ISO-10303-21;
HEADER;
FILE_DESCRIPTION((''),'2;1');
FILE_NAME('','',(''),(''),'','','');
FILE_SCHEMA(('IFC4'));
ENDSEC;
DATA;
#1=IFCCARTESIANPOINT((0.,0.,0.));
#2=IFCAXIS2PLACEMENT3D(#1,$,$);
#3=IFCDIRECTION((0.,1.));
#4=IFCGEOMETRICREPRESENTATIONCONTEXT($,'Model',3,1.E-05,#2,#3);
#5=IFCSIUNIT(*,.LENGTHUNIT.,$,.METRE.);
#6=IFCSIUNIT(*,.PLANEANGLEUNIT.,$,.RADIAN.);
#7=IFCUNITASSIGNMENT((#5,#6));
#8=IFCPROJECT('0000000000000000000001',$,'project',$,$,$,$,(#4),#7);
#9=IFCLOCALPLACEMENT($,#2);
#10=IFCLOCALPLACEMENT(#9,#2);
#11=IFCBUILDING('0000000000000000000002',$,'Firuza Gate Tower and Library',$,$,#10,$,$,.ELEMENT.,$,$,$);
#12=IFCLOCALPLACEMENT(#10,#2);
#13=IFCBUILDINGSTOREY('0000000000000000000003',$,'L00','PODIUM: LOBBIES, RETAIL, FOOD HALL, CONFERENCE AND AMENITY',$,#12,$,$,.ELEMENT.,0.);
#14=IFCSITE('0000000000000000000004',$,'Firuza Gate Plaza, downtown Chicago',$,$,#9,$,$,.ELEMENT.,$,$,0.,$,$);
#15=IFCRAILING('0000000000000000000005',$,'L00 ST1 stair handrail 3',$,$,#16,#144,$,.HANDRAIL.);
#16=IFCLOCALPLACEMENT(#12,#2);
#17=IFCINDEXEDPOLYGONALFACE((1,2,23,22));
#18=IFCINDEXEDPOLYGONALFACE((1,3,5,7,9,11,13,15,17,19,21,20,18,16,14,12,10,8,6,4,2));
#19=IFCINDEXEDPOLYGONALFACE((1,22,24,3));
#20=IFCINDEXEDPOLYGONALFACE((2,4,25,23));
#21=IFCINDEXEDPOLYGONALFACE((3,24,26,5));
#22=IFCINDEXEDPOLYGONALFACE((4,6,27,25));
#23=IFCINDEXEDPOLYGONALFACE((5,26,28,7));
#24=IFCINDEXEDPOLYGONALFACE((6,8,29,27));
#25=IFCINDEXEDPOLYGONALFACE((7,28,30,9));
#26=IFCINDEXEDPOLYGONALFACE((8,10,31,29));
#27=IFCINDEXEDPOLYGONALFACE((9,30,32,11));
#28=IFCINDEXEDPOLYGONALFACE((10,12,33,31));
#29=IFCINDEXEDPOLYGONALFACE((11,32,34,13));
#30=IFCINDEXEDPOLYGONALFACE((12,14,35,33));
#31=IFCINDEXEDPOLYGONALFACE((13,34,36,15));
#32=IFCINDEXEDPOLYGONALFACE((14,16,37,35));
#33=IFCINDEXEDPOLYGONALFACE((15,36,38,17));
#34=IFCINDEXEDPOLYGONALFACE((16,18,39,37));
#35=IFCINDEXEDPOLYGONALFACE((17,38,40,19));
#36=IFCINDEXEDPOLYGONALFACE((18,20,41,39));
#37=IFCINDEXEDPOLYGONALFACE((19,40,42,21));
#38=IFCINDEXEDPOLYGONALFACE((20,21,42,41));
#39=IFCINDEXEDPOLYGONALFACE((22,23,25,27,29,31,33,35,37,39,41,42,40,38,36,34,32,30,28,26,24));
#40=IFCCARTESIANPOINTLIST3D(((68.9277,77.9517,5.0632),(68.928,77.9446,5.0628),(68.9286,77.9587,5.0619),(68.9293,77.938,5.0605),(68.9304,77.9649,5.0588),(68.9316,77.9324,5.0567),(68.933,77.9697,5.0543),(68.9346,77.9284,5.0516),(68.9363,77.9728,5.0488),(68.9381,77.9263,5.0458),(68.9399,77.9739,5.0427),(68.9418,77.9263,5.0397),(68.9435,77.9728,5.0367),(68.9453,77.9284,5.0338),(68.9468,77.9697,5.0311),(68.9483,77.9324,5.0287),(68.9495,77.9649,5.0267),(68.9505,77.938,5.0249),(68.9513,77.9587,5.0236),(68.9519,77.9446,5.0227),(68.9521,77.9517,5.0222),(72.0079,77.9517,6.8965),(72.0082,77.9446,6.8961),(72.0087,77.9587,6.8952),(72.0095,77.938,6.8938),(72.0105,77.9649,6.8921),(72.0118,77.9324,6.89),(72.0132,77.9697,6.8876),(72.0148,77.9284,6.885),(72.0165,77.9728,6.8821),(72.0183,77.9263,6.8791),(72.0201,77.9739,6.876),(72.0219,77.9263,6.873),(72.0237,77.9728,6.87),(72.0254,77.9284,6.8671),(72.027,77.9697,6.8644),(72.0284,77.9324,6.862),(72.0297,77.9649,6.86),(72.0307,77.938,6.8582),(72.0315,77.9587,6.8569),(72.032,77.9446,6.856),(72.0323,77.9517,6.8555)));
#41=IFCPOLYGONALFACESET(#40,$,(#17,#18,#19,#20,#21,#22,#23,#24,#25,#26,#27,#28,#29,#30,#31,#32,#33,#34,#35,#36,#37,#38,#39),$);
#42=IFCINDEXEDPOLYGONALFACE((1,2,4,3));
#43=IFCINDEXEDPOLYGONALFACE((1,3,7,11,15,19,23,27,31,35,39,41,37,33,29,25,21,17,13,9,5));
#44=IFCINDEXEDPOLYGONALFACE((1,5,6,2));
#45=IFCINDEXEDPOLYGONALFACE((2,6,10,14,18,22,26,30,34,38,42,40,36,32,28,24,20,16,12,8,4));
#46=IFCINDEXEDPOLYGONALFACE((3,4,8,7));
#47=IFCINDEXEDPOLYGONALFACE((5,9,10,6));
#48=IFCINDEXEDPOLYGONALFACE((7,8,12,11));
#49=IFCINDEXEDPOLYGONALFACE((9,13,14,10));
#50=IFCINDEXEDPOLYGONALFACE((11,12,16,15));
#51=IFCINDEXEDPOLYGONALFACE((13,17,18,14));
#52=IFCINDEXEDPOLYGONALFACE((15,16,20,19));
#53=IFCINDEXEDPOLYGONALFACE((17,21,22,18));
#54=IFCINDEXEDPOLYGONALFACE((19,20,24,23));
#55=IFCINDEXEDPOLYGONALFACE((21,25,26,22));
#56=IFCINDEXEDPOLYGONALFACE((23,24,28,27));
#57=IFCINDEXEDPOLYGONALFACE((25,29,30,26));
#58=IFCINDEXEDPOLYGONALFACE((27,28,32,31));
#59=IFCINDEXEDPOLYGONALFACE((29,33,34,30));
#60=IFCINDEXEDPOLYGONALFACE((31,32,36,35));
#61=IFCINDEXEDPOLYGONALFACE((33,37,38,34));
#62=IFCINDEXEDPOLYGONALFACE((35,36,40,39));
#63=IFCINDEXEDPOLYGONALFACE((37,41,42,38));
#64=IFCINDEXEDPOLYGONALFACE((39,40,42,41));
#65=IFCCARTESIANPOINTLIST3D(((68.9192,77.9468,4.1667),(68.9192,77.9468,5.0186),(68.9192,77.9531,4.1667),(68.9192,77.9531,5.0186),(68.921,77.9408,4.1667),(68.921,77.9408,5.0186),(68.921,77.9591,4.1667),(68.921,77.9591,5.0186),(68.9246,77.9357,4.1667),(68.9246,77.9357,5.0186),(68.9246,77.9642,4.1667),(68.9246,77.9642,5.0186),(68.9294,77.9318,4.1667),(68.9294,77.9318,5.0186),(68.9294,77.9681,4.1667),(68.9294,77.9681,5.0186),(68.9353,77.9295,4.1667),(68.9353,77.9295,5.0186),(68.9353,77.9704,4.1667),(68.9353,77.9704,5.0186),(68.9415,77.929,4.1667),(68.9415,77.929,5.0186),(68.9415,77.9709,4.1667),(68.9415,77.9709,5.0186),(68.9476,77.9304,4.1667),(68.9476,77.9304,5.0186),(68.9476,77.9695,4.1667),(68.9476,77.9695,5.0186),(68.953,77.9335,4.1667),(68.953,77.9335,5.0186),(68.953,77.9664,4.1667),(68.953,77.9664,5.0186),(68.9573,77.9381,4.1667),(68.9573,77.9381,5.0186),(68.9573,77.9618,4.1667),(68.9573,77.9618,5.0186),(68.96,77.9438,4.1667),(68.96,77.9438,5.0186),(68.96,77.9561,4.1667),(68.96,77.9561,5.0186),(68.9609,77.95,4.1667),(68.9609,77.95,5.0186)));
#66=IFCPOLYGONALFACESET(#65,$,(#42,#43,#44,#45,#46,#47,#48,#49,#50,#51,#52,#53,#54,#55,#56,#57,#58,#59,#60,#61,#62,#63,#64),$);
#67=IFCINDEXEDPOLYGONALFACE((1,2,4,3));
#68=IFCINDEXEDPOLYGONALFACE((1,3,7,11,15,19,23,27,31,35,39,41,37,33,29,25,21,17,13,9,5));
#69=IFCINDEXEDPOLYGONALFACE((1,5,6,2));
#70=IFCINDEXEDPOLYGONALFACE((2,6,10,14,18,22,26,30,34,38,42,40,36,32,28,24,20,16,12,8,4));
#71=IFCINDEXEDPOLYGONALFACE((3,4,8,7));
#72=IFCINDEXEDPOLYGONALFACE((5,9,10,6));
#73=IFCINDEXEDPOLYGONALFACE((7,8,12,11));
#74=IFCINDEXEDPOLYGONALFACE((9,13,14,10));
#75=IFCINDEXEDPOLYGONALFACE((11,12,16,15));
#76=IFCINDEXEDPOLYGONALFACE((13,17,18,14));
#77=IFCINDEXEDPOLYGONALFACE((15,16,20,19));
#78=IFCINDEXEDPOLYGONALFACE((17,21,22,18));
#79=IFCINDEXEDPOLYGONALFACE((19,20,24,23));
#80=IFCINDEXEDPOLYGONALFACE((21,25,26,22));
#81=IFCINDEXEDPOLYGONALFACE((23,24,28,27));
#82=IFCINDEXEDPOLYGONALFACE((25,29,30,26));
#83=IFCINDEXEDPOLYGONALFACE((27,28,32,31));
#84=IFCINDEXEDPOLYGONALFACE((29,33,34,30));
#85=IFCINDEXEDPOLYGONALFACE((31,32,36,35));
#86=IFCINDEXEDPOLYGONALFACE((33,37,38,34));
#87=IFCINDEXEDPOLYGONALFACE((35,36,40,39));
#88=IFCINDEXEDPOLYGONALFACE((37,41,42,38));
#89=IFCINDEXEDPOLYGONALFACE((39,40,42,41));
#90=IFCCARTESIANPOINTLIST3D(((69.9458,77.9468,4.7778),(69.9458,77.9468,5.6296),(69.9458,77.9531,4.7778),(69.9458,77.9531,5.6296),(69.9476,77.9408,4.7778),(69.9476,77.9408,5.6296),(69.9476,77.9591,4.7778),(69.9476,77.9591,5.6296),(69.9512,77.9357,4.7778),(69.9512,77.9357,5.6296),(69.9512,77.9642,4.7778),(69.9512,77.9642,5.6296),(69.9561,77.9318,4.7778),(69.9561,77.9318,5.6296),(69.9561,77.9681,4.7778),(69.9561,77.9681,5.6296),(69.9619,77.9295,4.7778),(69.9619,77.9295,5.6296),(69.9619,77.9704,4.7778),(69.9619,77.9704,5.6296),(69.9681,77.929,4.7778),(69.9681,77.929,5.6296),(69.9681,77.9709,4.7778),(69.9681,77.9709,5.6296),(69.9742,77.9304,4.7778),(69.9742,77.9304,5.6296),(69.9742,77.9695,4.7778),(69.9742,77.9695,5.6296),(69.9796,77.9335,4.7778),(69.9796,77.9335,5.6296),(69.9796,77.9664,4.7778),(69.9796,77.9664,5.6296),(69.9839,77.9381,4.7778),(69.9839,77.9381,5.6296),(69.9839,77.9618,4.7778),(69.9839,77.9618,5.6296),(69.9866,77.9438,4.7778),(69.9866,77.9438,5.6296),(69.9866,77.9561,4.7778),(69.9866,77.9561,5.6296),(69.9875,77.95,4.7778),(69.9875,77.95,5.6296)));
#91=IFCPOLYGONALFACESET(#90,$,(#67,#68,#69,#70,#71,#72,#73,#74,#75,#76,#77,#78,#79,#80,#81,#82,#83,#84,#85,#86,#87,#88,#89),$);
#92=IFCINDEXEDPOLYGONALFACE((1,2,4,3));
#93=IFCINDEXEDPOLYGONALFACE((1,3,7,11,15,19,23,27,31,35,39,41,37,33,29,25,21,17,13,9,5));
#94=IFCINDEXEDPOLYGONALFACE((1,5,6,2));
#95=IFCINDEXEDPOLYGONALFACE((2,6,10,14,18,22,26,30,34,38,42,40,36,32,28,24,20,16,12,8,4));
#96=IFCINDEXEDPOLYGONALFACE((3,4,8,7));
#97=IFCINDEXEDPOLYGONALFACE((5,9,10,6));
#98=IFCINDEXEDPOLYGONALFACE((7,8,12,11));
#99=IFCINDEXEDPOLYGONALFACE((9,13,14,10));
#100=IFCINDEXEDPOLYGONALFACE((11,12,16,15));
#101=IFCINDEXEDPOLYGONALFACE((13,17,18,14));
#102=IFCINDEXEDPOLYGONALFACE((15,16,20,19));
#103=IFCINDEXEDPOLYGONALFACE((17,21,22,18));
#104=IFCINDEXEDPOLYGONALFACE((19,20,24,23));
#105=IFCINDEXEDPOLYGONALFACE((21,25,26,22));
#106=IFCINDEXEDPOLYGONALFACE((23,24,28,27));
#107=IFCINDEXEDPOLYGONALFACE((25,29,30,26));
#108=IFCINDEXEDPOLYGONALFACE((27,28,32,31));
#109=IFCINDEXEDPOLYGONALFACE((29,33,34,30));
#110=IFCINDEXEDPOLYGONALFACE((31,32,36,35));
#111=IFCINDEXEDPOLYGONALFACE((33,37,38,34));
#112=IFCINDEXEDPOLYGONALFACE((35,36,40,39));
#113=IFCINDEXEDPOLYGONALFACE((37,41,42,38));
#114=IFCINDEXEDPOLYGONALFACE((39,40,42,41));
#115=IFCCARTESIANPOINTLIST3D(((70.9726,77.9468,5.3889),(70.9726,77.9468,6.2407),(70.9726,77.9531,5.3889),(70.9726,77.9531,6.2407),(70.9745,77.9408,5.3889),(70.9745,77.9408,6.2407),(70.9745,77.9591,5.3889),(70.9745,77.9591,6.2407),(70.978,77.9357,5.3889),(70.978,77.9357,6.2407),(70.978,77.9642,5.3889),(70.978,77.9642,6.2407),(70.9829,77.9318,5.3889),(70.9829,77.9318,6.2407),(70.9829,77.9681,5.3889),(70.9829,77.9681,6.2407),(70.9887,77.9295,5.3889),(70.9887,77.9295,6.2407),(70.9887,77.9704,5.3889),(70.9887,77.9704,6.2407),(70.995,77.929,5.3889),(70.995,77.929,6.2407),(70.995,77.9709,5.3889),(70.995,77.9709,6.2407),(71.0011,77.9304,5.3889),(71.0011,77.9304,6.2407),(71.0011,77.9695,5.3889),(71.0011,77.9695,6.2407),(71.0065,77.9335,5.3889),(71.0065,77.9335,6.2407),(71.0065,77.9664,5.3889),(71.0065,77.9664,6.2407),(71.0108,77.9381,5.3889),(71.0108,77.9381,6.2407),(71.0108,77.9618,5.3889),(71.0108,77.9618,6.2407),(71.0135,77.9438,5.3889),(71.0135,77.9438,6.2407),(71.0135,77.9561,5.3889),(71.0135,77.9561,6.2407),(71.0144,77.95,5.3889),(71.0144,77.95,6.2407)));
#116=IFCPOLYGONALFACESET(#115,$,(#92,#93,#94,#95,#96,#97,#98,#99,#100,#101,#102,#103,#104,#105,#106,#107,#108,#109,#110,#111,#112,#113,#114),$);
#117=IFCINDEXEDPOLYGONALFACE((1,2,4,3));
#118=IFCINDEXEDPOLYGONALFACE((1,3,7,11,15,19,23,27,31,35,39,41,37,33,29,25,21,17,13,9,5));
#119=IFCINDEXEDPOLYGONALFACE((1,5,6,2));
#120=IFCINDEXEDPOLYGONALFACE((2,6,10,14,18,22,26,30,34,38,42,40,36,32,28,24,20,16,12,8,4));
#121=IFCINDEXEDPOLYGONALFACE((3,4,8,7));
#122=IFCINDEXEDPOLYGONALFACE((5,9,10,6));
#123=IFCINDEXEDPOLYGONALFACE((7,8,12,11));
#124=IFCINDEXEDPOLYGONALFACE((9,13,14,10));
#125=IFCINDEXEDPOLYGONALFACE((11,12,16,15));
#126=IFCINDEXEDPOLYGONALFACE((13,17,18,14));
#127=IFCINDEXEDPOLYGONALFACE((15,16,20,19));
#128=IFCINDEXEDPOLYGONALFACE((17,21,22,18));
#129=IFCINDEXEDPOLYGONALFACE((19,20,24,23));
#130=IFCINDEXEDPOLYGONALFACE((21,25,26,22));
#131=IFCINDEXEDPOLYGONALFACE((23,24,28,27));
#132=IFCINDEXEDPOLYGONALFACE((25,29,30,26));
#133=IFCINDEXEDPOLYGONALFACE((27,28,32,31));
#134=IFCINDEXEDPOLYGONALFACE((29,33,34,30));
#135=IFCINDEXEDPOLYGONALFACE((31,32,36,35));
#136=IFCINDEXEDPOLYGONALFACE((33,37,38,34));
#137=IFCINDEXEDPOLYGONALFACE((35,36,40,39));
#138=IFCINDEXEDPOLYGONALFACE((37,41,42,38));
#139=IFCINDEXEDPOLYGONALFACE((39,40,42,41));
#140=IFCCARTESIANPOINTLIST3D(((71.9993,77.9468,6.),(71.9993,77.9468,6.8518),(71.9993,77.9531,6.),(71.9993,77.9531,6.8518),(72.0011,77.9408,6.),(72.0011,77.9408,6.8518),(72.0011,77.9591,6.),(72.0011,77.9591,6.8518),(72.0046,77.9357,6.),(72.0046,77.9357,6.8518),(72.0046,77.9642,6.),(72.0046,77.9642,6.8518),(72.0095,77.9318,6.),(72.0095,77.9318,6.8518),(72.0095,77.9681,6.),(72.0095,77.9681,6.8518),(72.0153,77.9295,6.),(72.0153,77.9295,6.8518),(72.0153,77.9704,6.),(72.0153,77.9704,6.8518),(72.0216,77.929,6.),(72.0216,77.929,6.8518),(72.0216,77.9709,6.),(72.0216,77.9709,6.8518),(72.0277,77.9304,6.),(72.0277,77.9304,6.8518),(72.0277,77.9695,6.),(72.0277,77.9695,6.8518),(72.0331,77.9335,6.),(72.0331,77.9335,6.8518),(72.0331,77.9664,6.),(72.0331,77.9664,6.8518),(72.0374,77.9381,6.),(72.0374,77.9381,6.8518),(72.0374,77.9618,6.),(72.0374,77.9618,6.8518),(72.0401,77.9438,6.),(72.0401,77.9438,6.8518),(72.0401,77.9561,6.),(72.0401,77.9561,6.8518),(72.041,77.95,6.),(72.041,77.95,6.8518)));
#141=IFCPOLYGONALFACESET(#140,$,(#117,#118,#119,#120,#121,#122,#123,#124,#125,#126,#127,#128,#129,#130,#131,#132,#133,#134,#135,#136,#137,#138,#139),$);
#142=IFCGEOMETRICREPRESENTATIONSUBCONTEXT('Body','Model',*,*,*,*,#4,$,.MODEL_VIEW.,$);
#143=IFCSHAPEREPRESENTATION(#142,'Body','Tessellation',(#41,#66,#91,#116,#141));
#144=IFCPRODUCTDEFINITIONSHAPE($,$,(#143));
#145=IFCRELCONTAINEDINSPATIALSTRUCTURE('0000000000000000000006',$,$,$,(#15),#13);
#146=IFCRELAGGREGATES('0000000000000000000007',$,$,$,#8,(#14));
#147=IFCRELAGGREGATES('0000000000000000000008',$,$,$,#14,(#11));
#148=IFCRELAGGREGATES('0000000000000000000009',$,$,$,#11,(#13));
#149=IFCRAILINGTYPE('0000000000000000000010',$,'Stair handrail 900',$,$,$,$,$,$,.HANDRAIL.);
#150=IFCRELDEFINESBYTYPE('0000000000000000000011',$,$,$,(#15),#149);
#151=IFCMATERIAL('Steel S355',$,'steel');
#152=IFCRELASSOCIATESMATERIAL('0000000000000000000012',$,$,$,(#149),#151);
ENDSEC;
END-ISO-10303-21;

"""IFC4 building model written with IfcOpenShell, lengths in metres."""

from ifc_helpers import new_model, si_unit, direction, frame, origin, origin_2d, place, context, subcontext, project, spatial, circle, extrude, material, type_object, element, save


model = new_model("IFC4")

# Units and contexts
model_context = context("Model", 3, precision=1e-05, world=origin(), true_north=direction((0.0, 1.0)))
body_context = subcontext(model_context, "Body", "Model", "MODEL_VIEW")
ifc_project = project(units=[si_unit("LENGTHUNIT", "METRE"), si_unit("PLANEANGLEUNIT", "RADIAN")], contexts=[model_context])

# Site, building, storey
site_placement = place(None, origin())
site = spatial("IfcSite", under=ifc_project, at=site_placement, Name="Firuza Gate Plaza, downtown Chicago", CompositionType="ELEMENT", RefElevation=0.0)
building_placement = place(site_placement, origin())
building = spatial("IfcBuilding", under=site, at=building_placement, Name="Firuza Gate Tower and Library", CompositionType="ELEMENT")
storey_placement = place(building_placement, origin())
storey = spatial("IfcBuildingStorey", under=building, at=storey_placement, Name="L00", Description="PODIUM: LOBBIES, RETAIL, FOOD HALL, CONFERENCE AND AMENITY", CompositionType="ELEMENT", Elevation=0.0)

# Railing
ifc_material_1 = material(Name="Steel S355", Category="steel")
railing_type_1 = type_object("IfcRailingType", Name="Stair handrail 900", PredefinedType="HANDRAIL", material=ifc_material_1)
railing_1_placement = place(storey_placement, frame((68.9399, 77.95, 4.1667)))
element("IfcRailing", 1, at=railing_1_placement, inside=storey, type_object=railing_type_1, Name="L00 ST1 stair handrail 3", PredefinedType="HANDRAIL", context=body_context, shape_type="SweptSolid", body=[
    extrude(circle(Radius=0.0239, at=origin_2d()), frame((0.0, 0.0, 0.876), z_axis=(0.859309, 0.0, 0.511458), x_axis=(0.0, 1.0, 0.0)), (0.0, 0.0, 1.0), 3.5845),
    extrude(circle(Radius=0.021, at=origin_2d()), origin(), (0.0, 0.0, 1.0), 0.8518),
    extrude(circle(Radius=0.021, at=origin_2d()), frame((1.0266, 0.0, 0.6111)), (0.0, 0.0, 1.0), 0.8518),
    extrude(circle(Radius=0.021, at=origin_2d()), frame((2.0535, 0.0, 1.2222)), (0.0, 0.0, 1.0), 0.8518),
    extrude(circle(Radius=0.021, at=origin_2d()), frame((3.0801, 0.0, 1.8333)), (0.0, 0.0, 1.0), 0.8518),
])

save(model, "model.ifc")
